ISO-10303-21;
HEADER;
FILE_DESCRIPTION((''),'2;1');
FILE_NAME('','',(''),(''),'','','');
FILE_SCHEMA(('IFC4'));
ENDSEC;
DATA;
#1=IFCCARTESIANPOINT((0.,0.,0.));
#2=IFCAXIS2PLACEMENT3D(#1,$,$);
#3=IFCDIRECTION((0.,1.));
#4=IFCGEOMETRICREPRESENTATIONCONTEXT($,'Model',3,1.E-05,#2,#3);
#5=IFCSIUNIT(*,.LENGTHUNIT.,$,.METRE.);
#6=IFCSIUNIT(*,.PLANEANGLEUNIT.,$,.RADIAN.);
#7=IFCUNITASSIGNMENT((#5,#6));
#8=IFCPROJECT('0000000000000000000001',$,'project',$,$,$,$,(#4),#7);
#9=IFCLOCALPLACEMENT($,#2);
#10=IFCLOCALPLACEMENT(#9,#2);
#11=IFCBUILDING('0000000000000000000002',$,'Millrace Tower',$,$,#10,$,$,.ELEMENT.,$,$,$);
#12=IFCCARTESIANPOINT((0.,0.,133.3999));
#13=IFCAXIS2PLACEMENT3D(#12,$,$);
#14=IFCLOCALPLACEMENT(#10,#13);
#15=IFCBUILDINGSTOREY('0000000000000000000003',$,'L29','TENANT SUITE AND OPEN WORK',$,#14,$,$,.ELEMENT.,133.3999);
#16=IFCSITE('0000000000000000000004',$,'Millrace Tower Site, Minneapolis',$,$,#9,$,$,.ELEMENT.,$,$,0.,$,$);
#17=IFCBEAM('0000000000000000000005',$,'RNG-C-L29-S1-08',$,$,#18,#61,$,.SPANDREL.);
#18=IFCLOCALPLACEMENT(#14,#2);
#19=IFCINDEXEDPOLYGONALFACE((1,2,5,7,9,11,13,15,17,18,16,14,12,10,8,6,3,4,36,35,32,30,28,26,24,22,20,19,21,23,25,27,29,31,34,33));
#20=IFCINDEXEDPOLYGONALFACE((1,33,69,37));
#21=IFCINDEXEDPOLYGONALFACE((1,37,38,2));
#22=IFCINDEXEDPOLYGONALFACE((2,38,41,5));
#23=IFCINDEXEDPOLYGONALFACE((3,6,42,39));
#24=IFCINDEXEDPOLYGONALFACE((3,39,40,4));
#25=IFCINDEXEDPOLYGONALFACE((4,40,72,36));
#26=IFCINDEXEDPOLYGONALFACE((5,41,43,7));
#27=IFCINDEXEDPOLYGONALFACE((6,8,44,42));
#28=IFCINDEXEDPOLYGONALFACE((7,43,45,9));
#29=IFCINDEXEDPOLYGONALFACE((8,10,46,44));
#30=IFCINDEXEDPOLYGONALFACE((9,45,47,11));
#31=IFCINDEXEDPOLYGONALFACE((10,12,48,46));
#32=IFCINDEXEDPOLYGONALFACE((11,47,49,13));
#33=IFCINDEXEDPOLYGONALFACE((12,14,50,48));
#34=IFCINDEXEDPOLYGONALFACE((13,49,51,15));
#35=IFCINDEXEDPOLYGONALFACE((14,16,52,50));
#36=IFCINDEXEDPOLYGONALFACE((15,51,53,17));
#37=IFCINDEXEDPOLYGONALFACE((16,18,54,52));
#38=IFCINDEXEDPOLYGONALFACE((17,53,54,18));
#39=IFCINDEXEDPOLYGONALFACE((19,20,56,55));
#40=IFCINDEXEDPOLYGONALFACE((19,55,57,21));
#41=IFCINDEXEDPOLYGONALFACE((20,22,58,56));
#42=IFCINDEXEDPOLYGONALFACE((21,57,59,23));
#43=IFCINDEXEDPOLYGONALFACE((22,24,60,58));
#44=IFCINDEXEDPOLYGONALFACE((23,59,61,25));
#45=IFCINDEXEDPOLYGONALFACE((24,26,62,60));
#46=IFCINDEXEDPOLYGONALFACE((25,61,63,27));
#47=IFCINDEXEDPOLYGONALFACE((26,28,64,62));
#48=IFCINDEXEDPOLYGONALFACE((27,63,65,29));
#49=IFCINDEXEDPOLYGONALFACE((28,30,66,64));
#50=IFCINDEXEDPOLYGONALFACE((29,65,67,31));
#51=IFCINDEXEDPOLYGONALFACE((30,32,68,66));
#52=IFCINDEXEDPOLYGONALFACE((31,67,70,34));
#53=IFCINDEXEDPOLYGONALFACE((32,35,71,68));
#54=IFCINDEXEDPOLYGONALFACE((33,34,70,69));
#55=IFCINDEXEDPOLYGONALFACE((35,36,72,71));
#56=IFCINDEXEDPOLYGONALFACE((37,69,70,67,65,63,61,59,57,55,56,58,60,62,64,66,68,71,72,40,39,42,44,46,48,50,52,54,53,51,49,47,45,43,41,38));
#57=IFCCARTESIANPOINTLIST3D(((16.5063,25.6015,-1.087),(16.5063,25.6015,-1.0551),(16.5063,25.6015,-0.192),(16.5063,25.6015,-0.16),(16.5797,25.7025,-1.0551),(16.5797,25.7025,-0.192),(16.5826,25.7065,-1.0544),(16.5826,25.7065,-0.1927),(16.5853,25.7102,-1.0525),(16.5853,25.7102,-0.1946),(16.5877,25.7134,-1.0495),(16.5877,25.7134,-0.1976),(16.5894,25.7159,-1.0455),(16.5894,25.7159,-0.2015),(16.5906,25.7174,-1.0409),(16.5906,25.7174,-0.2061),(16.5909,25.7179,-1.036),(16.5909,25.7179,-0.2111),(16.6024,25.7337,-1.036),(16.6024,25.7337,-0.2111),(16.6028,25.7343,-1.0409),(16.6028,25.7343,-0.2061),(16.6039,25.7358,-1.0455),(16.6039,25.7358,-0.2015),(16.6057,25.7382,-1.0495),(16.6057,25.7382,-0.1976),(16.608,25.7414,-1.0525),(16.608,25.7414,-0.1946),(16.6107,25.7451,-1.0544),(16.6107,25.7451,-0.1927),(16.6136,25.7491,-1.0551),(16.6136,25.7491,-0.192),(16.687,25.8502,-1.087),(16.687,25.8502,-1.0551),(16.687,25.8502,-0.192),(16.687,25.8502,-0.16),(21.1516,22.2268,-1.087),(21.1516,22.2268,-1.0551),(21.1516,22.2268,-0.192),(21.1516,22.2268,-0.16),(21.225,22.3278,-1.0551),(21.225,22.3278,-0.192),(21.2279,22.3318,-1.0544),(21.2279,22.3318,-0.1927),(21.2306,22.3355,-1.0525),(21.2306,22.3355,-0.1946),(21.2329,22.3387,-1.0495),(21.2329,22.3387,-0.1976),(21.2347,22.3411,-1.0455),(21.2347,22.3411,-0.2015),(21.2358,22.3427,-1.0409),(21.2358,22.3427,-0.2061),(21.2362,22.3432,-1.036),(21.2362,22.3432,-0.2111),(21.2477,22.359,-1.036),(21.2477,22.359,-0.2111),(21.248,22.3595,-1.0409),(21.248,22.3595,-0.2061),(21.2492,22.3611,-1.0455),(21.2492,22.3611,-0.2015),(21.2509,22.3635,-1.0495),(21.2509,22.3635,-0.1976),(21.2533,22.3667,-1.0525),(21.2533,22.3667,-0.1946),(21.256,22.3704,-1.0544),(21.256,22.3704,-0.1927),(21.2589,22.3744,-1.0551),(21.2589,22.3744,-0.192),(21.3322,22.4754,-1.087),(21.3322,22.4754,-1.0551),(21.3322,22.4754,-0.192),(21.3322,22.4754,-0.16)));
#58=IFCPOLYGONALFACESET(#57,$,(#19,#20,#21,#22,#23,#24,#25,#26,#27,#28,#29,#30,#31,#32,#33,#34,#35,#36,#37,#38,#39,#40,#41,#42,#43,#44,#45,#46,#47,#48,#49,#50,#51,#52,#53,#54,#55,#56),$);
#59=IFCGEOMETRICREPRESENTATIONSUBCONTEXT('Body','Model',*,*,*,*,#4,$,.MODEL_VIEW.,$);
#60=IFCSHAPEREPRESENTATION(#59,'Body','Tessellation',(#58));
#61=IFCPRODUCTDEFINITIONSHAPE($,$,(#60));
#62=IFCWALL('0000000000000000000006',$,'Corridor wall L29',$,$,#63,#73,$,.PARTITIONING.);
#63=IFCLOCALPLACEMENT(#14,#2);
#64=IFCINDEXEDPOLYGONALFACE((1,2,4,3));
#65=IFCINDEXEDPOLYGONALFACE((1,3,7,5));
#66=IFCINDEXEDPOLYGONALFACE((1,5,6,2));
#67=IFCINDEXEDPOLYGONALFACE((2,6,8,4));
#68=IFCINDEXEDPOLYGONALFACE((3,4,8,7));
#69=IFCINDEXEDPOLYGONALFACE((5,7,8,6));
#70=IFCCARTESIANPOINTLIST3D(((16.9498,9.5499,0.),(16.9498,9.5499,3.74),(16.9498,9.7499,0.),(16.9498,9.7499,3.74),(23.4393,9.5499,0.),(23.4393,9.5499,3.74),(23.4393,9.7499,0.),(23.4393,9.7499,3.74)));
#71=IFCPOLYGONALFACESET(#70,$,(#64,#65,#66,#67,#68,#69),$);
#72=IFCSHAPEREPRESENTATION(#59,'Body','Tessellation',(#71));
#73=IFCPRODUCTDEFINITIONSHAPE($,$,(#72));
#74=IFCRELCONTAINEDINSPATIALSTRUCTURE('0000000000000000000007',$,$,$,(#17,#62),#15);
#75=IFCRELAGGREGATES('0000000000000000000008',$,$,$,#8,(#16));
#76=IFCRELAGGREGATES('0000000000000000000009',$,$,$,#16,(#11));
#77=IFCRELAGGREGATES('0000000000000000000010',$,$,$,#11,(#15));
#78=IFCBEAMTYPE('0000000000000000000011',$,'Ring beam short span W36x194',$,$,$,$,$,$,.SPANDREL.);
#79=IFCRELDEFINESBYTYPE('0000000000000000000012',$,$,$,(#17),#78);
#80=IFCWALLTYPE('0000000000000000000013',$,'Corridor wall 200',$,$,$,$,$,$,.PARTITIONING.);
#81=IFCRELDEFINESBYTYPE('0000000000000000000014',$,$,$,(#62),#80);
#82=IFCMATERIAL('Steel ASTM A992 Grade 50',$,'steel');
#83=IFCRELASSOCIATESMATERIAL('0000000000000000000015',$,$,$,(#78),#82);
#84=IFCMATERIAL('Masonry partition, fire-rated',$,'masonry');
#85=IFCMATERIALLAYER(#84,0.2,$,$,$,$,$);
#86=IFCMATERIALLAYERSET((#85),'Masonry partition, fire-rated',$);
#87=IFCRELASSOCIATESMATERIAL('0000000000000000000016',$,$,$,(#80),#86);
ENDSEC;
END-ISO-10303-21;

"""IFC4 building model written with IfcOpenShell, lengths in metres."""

from ifc_helpers import new_model, si_unit, direction, frame, frame_2d, origin, origin_2d, place, context, subcontext, project, spatial, rectangle, i_section, extrude, material, layer, layer_set, material_profile, profile_set, type_object, element, save


model = new_model("IFC4")

# Units and contexts
model_context = context("Model", 3, precision=1e-05, world=origin(), true_north=direction((0.0, 1.0)))
body_context = subcontext(model_context, "Body", "Model", "MODEL_VIEW")
ifc_project = project(units=[si_unit("LENGTHUNIT", "METRE"), si_unit("PLANEANGLEUNIT", "RADIAN")], contexts=[model_context])

# Site, building, storey
site_placement = place(None, origin())
site = spatial("IfcSite", under=ifc_project, at=site_placement, Name="Millrace Tower Site, Minneapolis", CompositionType="ELEMENT", RefElevation=0.0)
building_placement = place(site_placement, origin())
building = spatial("IfcBuilding", under=site, at=building_placement, Name="Millrace Tower", CompositionType="ELEMENT")
storey_placement = place(building_placement, frame((0.0, 0.0, 133.3999)))
storey = spatial("IfcBuildingStorey", under=building, at=storey_placement, Name="L29", Description="TENANT SUITE AND OPEN WORK", CompositionType="ELEMENT", Elevation=133.3999)

# Beam
ifc_material_1 = material(Name="Steel ASTM A992 Grade 50", Category="steel")
ifc_material_profile_1 = material_profile(ifc_material_1, i_section(OverallWidth=0.3074, OverallDepth=0.927, WebThickness=0.0195, FlangeThickness=0.032, FilletRadius=0.019, at=origin_2d()))
ifc_profile_set_1 = profile_set([ifc_material_profile_1], Name="Steel ASTM A992 Grade 50")
beam_type_1 = type_object("IfcBeamType", Name="Ring beam short span W36x194", PredefinedType="SPANDREL", material=ifc_profile_set_1)
beam_1_placement = place(storey_placement, frame((16.5967, 25.7258, -0.6235), z_axis=(0.809036, -0.58776, 0.0), x_axis=(0.58776, 0.809036, 0.0)))
element("IfcBeam", 1, at=beam_1_placement, inside=storey, type_object=beam_type_1, Name="RNG-C-L29-S1-08", PredefinedType="SPANDREL", context=body_context, shape_type="SweptSolid", body=[
    extrude(i_section(OverallWidth=0.3074, OverallDepth=0.927, WebThickness=0.0195, FlangeThickness=0.032, FilletRadius=0.019, at=origin_2d()), origin(), (0.0, 0.0, 1.0), 5.7417),
])

# Wall
ifc_material_2 = material(Name="Masonry partition, fire-rated", Category="masonry")
ifc_layer_1 = layer(ifc_material_2, 0.2)
ifc_layer_set_1 = layer_set([ifc_layer_1], Name="Masonry partition, fire-rated")
wall_type = type_object("IfcWallType", Name="Corridor wall 200", PredefinedType="PARTITIONING", material=ifc_layer_set_1)
wall_placement = place(storey_placement, frame((16.95, 9.6499, 0.0), z_axis=(0.0, 0.0, 1.0), x_axis=(1.0, 0.0, 0.0)))
element("IfcWall", 2, at=wall_placement, inside=storey, type_object=wall_type, Name="Corridor wall L29", PredefinedType="PARTITIONING", context=body_context, shape_type="SweptSolid", body=[
    extrude(rectangle(XDim=6.4895, YDim=0.2, at=frame_2d((3.2446, 0.0))), origin(), (0.0, 0.0, 1.0), 3.74),
])

save(model, "model.ifc")
